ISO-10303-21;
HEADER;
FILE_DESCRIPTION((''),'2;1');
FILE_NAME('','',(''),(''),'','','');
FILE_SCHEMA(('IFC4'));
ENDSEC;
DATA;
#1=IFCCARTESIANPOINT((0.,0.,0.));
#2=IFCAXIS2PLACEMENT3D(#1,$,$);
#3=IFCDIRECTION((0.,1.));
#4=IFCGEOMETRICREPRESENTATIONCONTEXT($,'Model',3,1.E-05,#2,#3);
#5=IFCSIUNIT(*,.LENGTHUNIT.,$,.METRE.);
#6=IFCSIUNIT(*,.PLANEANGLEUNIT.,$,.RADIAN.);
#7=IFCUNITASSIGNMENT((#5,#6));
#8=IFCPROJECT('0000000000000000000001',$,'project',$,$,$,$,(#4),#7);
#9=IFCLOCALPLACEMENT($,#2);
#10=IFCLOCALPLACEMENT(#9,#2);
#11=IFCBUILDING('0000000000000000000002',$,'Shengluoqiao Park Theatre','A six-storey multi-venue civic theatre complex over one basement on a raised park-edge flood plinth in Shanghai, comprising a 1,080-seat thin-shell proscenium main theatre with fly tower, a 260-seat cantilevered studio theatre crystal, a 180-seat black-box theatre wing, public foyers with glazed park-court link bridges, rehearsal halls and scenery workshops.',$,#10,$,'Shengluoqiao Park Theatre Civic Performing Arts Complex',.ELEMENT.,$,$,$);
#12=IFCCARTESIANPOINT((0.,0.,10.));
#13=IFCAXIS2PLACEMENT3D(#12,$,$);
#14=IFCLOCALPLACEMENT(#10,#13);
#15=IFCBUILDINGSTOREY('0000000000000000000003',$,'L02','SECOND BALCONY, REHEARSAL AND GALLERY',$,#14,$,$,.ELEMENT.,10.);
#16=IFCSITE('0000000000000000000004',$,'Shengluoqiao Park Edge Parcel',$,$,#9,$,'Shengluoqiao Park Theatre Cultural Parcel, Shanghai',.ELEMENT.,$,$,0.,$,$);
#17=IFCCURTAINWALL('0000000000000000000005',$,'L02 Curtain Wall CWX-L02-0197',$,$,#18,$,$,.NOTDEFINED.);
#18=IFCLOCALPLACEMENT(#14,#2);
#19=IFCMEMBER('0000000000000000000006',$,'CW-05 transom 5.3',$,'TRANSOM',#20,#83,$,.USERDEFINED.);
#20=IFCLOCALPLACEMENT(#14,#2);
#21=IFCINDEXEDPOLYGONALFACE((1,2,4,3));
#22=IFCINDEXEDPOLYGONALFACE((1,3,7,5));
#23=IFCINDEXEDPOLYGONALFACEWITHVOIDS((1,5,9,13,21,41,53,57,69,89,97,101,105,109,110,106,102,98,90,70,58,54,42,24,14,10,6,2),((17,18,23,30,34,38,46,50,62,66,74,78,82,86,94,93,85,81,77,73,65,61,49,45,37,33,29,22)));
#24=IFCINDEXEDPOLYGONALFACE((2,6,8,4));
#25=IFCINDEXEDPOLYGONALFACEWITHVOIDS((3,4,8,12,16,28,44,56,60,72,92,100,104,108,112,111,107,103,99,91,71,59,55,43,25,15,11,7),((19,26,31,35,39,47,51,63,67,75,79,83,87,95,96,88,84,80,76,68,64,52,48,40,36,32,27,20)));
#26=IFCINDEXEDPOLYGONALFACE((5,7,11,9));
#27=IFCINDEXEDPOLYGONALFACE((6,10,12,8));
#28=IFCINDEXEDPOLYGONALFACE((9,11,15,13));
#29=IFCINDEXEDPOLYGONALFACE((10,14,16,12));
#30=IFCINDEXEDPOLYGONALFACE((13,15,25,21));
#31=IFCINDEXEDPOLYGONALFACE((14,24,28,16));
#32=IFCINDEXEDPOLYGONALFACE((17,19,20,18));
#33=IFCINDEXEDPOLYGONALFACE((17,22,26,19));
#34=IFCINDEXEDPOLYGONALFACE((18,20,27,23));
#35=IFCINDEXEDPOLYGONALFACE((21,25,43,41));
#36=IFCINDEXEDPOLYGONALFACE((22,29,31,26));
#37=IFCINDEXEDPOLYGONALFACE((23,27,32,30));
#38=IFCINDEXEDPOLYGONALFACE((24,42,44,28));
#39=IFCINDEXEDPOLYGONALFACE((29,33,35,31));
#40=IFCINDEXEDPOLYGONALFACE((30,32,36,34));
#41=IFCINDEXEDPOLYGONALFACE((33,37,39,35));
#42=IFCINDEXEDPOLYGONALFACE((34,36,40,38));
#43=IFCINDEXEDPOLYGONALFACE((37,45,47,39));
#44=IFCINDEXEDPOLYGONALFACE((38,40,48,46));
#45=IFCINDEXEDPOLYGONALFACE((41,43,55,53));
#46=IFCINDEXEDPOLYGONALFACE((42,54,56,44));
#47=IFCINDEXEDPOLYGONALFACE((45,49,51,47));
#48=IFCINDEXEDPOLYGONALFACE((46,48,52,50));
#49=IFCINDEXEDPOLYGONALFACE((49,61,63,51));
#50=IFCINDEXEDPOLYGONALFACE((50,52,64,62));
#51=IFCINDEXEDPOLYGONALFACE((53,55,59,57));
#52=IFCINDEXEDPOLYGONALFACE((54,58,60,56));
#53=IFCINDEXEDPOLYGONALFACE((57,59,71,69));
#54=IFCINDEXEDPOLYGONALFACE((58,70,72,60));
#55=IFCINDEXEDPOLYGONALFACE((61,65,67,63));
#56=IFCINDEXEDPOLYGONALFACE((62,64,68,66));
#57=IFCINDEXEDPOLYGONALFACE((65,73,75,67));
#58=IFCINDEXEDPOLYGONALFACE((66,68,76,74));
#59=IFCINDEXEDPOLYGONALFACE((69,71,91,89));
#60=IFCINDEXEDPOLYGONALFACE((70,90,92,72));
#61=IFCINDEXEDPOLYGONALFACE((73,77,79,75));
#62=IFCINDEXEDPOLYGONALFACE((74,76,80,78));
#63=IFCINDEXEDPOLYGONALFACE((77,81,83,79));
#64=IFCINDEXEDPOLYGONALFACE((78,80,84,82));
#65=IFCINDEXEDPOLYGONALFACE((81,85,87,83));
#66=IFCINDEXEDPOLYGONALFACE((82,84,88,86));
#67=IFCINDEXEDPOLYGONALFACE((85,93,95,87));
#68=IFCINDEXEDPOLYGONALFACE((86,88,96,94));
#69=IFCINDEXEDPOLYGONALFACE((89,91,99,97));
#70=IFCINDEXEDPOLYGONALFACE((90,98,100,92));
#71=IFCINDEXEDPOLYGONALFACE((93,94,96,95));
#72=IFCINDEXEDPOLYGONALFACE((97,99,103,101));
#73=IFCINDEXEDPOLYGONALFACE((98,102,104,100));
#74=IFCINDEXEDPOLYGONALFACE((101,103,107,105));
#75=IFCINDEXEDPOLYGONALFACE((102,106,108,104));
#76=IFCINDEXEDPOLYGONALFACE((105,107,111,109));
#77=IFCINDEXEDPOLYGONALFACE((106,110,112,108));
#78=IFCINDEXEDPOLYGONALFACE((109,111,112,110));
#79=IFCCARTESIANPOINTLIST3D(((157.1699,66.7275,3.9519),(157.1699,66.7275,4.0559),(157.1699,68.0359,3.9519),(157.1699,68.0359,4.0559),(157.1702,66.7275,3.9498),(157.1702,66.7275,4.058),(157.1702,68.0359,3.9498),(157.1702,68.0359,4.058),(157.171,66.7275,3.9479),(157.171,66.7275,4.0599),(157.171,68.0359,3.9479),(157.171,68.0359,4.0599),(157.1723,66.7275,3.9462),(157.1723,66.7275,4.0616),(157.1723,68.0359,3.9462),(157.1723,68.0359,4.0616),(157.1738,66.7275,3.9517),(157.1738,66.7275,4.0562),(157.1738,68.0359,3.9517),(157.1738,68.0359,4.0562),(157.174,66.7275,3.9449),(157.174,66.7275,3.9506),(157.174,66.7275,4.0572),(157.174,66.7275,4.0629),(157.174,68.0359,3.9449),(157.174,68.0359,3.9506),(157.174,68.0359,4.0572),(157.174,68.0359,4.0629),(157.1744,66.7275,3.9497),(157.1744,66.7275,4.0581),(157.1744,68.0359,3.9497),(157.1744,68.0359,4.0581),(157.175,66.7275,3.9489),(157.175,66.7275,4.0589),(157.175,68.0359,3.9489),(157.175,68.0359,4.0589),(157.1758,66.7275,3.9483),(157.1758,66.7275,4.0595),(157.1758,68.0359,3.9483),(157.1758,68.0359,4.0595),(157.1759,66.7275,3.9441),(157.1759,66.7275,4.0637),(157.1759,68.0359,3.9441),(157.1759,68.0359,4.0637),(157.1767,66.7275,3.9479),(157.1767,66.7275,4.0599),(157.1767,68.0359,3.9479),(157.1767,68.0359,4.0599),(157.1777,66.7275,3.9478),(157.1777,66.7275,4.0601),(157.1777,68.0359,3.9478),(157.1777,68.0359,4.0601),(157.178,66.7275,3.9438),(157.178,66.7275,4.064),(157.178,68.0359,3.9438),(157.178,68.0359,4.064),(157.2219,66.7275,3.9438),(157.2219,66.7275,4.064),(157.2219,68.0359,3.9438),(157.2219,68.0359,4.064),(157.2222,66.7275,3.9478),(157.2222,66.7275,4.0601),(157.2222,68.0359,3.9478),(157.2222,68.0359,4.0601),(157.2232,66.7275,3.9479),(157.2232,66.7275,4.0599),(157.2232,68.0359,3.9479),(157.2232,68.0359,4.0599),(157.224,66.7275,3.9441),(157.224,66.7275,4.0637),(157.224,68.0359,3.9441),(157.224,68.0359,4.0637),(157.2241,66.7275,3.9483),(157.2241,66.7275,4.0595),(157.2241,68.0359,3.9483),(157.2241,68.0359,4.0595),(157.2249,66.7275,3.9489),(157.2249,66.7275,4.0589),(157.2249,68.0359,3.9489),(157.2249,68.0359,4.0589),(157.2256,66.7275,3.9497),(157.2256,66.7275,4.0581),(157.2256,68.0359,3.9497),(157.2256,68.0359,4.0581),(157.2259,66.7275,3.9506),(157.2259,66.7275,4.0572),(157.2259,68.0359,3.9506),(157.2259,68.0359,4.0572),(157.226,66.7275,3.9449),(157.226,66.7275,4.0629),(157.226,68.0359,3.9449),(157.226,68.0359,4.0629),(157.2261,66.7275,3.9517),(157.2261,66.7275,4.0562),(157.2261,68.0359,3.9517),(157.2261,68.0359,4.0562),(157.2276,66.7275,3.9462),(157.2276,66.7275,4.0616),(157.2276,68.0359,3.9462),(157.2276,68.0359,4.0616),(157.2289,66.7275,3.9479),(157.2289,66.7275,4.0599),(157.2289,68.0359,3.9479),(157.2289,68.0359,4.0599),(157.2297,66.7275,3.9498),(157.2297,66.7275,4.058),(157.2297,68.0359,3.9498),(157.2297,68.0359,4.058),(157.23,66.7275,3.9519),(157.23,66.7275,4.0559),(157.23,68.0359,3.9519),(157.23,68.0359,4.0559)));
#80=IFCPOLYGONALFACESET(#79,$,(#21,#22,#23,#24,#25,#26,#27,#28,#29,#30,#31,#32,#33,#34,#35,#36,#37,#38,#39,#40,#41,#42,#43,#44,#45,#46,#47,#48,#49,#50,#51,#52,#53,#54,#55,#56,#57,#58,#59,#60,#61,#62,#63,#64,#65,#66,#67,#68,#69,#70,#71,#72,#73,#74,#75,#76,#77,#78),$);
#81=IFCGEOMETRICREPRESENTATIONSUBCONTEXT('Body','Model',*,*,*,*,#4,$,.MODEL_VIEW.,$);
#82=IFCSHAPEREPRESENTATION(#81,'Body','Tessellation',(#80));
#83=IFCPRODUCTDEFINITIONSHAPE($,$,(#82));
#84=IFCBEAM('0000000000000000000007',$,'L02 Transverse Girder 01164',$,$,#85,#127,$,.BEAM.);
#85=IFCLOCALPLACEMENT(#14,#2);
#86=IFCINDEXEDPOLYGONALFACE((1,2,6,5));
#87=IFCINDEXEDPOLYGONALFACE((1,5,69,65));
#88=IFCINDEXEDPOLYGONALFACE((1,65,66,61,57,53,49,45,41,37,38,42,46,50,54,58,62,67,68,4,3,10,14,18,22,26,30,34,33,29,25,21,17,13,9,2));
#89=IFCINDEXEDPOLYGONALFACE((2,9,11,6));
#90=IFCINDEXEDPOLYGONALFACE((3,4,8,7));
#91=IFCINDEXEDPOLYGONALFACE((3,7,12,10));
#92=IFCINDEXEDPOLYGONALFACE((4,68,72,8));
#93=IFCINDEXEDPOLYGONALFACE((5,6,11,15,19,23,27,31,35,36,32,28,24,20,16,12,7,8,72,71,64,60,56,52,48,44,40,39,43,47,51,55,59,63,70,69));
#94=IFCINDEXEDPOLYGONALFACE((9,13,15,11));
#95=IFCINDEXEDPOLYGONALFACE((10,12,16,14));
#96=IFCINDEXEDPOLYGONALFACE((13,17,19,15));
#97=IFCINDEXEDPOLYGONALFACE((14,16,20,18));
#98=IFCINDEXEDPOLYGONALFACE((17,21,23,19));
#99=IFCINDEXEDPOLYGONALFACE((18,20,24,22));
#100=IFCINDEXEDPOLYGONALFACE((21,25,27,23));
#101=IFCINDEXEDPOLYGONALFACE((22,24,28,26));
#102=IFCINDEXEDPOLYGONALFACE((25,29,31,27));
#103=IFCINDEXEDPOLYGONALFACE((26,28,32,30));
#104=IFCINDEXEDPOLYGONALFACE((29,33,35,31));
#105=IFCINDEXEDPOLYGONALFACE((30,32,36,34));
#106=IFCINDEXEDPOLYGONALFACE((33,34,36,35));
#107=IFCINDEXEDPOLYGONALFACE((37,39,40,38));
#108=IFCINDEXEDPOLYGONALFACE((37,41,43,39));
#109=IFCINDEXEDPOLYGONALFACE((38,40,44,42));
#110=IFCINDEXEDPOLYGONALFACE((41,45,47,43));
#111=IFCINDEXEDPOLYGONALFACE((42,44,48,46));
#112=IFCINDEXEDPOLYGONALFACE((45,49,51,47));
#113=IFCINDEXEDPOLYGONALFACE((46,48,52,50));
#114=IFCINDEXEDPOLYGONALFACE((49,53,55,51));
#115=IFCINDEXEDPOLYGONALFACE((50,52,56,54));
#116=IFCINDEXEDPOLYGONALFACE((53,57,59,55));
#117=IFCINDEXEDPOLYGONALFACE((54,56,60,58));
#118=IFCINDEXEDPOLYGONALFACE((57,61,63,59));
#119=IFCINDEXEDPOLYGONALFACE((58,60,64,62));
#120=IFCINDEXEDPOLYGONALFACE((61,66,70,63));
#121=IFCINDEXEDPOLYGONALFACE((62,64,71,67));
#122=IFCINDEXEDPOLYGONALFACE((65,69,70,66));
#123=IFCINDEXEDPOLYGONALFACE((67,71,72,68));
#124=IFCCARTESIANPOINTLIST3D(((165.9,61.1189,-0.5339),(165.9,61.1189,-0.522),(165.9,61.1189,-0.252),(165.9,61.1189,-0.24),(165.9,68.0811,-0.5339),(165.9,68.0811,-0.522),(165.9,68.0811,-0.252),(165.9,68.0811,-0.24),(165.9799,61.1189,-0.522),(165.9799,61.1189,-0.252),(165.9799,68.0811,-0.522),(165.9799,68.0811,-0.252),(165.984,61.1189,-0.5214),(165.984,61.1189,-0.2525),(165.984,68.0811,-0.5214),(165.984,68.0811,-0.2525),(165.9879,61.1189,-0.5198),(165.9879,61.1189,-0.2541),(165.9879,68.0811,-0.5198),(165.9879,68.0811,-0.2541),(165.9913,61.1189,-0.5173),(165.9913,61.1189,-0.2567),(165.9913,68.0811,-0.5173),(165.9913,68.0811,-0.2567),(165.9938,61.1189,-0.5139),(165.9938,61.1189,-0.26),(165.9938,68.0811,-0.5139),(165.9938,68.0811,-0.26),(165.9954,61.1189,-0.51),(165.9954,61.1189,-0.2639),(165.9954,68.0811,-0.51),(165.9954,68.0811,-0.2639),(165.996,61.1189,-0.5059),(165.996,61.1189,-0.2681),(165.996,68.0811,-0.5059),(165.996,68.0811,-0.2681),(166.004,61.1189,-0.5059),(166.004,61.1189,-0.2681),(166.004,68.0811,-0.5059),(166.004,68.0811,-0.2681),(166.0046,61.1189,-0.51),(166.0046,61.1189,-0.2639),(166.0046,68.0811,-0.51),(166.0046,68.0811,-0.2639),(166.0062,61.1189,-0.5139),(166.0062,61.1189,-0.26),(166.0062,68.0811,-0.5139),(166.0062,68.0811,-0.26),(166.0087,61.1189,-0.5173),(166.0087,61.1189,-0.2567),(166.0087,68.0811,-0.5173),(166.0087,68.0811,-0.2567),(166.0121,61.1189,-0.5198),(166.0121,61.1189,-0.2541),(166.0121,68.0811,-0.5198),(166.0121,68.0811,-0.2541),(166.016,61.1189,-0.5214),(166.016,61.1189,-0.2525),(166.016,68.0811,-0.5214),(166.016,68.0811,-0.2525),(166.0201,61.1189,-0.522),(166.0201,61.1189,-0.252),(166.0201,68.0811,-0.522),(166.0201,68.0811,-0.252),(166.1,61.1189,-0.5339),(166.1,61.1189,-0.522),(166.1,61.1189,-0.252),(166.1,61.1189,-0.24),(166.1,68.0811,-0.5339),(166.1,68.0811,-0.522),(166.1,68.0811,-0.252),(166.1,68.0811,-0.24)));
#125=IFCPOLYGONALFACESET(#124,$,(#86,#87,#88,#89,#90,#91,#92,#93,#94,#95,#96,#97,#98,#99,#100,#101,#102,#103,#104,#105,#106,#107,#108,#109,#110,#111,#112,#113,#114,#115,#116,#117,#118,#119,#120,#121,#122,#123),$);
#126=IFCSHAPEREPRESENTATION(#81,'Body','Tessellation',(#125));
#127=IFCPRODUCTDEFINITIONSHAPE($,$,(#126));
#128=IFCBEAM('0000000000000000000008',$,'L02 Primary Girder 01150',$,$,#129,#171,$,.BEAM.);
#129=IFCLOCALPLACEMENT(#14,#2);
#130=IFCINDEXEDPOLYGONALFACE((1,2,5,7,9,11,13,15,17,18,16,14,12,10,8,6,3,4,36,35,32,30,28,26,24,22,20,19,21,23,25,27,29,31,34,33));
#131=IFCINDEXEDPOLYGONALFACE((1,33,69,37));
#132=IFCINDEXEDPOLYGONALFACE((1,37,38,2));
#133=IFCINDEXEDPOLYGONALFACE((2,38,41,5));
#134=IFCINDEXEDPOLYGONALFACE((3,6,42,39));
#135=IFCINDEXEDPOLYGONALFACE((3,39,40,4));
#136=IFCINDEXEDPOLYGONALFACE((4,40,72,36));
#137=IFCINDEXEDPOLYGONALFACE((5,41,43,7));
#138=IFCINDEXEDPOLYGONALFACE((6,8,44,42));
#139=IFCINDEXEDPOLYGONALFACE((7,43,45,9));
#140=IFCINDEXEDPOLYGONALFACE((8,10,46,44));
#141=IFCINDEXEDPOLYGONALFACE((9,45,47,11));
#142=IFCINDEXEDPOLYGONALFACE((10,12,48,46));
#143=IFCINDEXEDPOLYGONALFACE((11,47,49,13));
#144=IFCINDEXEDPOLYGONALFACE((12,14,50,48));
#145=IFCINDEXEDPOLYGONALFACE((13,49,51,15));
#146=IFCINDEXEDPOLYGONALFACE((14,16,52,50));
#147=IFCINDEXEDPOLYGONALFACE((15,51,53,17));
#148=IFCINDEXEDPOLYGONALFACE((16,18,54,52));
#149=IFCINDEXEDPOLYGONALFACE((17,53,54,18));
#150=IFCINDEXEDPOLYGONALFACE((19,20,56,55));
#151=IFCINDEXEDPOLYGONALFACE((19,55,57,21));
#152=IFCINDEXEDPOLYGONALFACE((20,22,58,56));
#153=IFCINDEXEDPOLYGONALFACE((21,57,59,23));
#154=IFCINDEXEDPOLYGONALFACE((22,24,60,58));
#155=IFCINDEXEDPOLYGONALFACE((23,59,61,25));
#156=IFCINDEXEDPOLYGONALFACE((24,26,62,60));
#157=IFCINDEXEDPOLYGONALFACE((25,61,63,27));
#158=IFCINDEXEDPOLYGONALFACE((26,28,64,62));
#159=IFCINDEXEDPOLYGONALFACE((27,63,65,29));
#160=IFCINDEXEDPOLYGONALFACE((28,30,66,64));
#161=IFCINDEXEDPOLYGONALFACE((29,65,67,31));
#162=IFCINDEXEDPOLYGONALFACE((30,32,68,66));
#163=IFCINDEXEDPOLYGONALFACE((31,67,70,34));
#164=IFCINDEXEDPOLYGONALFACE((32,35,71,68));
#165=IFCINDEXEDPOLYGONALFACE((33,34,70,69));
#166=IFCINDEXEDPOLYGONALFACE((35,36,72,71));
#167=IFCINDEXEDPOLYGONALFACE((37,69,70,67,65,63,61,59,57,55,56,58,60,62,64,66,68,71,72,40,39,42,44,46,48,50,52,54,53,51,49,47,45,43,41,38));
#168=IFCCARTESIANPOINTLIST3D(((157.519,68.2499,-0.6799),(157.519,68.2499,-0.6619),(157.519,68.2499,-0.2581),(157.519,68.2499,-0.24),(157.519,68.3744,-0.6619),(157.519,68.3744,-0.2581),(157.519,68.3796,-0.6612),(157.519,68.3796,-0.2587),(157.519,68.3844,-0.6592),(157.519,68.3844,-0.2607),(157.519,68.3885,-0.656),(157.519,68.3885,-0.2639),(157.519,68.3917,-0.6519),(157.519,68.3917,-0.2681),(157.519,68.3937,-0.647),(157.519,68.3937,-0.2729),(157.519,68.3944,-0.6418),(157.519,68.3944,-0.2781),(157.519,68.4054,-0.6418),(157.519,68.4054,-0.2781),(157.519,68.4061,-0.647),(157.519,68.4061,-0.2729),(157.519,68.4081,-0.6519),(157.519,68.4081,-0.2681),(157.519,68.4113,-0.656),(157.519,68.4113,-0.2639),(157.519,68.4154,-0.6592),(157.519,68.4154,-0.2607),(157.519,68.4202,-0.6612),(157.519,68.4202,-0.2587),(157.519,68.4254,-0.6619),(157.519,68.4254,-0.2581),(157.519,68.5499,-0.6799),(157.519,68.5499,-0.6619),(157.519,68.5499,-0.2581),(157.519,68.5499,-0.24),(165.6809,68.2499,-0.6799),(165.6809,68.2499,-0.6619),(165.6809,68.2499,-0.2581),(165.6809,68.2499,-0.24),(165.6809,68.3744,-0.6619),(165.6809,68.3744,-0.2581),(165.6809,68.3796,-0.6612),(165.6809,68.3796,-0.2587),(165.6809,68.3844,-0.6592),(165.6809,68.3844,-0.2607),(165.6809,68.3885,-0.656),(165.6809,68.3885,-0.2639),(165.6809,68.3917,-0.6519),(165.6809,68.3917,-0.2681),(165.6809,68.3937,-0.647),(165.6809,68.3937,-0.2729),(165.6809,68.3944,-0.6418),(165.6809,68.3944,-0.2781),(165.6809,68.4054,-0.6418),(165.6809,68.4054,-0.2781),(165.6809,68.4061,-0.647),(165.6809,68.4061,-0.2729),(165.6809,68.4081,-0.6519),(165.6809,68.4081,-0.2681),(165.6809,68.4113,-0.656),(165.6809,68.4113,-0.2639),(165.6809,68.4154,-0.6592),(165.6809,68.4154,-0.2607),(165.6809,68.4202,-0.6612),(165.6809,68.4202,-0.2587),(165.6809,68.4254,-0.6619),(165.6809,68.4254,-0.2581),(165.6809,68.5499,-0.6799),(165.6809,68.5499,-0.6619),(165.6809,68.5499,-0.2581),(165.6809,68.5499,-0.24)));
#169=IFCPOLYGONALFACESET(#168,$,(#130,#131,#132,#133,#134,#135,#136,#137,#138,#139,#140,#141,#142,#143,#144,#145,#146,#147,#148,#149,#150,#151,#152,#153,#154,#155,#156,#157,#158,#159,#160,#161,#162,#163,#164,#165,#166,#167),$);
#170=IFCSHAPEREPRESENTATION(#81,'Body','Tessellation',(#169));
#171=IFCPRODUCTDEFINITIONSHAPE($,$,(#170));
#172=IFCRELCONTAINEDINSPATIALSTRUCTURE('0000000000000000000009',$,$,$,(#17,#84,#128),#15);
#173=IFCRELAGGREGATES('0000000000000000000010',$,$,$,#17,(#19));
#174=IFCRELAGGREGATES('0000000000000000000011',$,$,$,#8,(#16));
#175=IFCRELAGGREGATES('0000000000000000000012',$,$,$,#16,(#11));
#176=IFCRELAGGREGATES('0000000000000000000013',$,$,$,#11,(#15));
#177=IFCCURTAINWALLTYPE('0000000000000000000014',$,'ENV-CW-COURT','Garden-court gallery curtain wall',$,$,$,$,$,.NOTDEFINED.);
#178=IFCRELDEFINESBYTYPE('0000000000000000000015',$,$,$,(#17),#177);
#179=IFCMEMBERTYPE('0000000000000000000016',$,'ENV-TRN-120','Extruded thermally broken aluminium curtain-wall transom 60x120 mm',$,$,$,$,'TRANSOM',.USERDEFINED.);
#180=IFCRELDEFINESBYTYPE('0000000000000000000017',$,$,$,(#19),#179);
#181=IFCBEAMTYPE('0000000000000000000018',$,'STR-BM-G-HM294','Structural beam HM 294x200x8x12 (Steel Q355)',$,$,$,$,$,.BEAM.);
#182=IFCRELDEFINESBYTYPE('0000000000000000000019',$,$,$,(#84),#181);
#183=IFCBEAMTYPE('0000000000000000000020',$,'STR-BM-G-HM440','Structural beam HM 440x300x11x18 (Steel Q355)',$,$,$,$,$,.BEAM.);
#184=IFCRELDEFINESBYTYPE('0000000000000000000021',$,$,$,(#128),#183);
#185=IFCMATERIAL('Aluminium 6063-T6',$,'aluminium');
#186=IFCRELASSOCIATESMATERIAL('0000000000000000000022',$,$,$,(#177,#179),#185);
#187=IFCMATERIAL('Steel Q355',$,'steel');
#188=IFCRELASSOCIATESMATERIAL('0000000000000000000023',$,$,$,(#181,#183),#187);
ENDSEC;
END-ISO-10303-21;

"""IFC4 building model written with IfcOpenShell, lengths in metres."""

from ifc_helpers import new_model, si_unit, direction, frame, origin, origin_2d, place, context, subcontext, project, spatial, hollow_rectangle, i_section, extrude, material, material_profile, profile_set, type_object, element, aggregate, save


model = new_model("IFC4")

# Units and contexts
model_context = context("Model", 3, precision=1e-05, world=origin(), true_north=direction((0.0, 1.0)))
body_context = subcontext(model_context, "Body", "Model", "MODEL_VIEW")
ifc_project = project(units=[si_unit("LENGTHUNIT", "METRE"), si_unit("PLANEANGLEUNIT", "RADIAN")], contexts=[model_context])

# Site, building, storey
site_placement = place(None, origin())
site = spatial("IfcSite", under=ifc_project, at=site_placement, Name="Shengluoqiao Park Edge Parcel", LongName="Shengluoqiao Park Theatre Cultural Parcel, Shanghai", CompositionType="ELEMENT", RefElevation=0.0)
building_placement = place(site_placement, origin())
building = spatial("IfcBuilding", under=site, at=building_placement, Name="Shengluoqiao Park Theatre", Description="A six-storey multi-venue civic theatre complex over one basement on a raised park-edge flood plinth in Shanghai, comprising a 1,080-seat thin-shell proscenium main theatre with fly tower, a 260-seat cantilevered studio theatre crystal, a 180-seat black-box theatre wing, public foyers with glazed park-court link bridges, rehearsal halls and scenery workshops.", LongName="Shengluoqiao Park Theatre Civic Performing Arts Complex", CompositionType="ELEMENT")
storey_placement = place(building_placement, frame((0.0, 0.0, 10.0)))
storey = spatial("IfcBuildingStorey", under=building, at=storey_placement, Name="L02", Description="SECOND BALCONY, REHEARSAL AND GALLERY", CompositionType="ELEMENT", Elevation=10.0)

# Curtain wall, member
ifc_material_1 = material(Name="Aluminium 6063-T6", Category="aluminium")
curtain_wall_type = type_object("IfcCurtainWallType", Name="ENV-CW-COURT", Description="Garden-court gallery curtain wall", PredefinedType="NOTDEFINED", material=ifc_material_1)
curtain_wall_placement = place(storey_placement, origin())
curtain_wall = element("IfcCurtainWall", 1, at=curtain_wall_placement, inside=storey, type_object=curtain_wall_type, Name="L02 Curtain Wall CWX-L02-0197", PredefinedType="NOTDEFINED")
ifc_material_profile_1 = material_profile(ifc_material_1, hollow_rectangle(XDim=0.0601, YDim=0.1201, WallThickness=0.0039, InnerFilletRadius=0.0039, OuterFilletRadius=0.0081, at=origin_2d()), Name="ALU TRANSOM 120x60x4")
ifc_profile_set_1 = profile_set([ifc_material_profile_1], Name="Aluminium 6063-T6")
member_type_1 = type_object("IfcMemberType", Name="ENV-TRN-120", Description="Extruded thermally broken aluminium curtain-wall transom 60x120 mm", ElementType="TRANSOM", PredefinedType="USERDEFINED", material=ifc_profile_set_1)
member_1_placement = place(storey_placement, frame((157.2, 66.7275, 4.0039), z_axis=(0.0, 1.0, 0.0), x_axis=(-1.0, 0.0, 0.0)))
member_1 = element("IfcMember", 2, at=member_1_placement, type_object=member_type_1, Name="CW-05 transom 5.3", ObjectType="TRANSOM", PredefinedType="USERDEFINED", context=body_context, shape_type="SweptSolid", body=[
    extrude(hollow_rectangle(XDim=0.0601, YDim=0.1201, WallThickness=0.0039, InnerFilletRadius=0.0039, OuterFilletRadius=0.0081, at=origin_2d()), origin(), (0.0, 0.0, 1.0), 1.3083),
])

# Beams
ifc_material_2 = material(Name="Steel Q355", Category="steel")
ifc_material_profile_2 = material_profile(ifc_material_2, i_section(OverallWidth=0.2, OverallDepth=0.2939, WebThickness=0.0081, FlangeThickness=0.012, FilletRadius=0.0161, at=origin_2d()), Name="HM 294x200x8x12")
ifc_profile_set_2 = profile_set([ifc_material_profile_2], Name="Steel Q355")
beam_type_1 = type_object("IfcBeamType", Name="STR-BM-G-HM294", Description="Structural beam HM 294x200x8x12 (Steel Q355)", PredefinedType="BEAM", material=ifc_profile_set_2)
beam_1_placement = place(storey_placement, frame((166.0, 61.1189, -0.387), z_axis=(0.0, 1.0, 0.0), x_axis=(-1.0, 0.0, 0.0)))
element("IfcBeam", 3, at=beam_1_placement, inside=storey, type_object=beam_type_1, Name="L02 Transverse Girder 01164", PredefinedType="BEAM", context=body_context, shape_type="SweptSolid", body=[
    extrude(i_section(OverallWidth=0.2, OverallDepth=0.2939, WebThickness=0.0081, FlangeThickness=0.012, FilletRadius=0.0161, at=origin_2d()), origin(), (0.0, 0.0, 1.0), 6.9622),
])
ifc_material_profile_3 = material_profile(ifc_material_2, i_section(OverallWidth=0.3, OverallDepth=0.4399, WebThickness=0.011, FlangeThickness=0.0181, FilletRadius=0.02, at=origin_2d()), Name="HM 440x300x11x18")
ifc_profile_set_3 = profile_set([ifc_material_profile_3], Name="Steel Q355")
beam_type_2 = type_object("IfcBeamType", Name="STR-BM-G-HM440", Description="Structural beam HM 440x300x11x18 (Steel Q355)", PredefinedType="BEAM", material=ifc_profile_set_3)
beam_2_placement = place(storey_placement, frame((157.519, 68.3999, -0.46), z_axis=(1.0, 0.0, 0.0), x_axis=(0.0, 1.0, 0.0)))
element("IfcBeam", 4, at=beam_2_placement, inside=storey, type_object=beam_type_2, Name="L02 Primary Girder 01150", PredefinedType="BEAM", context=body_context, shape_type="SweptSolid", body=[
    extrude(i_section(OverallWidth=0.3, OverallDepth=0.4399, WebThickness=0.011, FlangeThickness=0.0181, FilletRadius=0.02, at=origin_2d()), origin(), (0.0, 0.0, 1.0), 8.1619),
])

aggregate(curtain_wall, [member_1])

save(model, "model.ifc")
